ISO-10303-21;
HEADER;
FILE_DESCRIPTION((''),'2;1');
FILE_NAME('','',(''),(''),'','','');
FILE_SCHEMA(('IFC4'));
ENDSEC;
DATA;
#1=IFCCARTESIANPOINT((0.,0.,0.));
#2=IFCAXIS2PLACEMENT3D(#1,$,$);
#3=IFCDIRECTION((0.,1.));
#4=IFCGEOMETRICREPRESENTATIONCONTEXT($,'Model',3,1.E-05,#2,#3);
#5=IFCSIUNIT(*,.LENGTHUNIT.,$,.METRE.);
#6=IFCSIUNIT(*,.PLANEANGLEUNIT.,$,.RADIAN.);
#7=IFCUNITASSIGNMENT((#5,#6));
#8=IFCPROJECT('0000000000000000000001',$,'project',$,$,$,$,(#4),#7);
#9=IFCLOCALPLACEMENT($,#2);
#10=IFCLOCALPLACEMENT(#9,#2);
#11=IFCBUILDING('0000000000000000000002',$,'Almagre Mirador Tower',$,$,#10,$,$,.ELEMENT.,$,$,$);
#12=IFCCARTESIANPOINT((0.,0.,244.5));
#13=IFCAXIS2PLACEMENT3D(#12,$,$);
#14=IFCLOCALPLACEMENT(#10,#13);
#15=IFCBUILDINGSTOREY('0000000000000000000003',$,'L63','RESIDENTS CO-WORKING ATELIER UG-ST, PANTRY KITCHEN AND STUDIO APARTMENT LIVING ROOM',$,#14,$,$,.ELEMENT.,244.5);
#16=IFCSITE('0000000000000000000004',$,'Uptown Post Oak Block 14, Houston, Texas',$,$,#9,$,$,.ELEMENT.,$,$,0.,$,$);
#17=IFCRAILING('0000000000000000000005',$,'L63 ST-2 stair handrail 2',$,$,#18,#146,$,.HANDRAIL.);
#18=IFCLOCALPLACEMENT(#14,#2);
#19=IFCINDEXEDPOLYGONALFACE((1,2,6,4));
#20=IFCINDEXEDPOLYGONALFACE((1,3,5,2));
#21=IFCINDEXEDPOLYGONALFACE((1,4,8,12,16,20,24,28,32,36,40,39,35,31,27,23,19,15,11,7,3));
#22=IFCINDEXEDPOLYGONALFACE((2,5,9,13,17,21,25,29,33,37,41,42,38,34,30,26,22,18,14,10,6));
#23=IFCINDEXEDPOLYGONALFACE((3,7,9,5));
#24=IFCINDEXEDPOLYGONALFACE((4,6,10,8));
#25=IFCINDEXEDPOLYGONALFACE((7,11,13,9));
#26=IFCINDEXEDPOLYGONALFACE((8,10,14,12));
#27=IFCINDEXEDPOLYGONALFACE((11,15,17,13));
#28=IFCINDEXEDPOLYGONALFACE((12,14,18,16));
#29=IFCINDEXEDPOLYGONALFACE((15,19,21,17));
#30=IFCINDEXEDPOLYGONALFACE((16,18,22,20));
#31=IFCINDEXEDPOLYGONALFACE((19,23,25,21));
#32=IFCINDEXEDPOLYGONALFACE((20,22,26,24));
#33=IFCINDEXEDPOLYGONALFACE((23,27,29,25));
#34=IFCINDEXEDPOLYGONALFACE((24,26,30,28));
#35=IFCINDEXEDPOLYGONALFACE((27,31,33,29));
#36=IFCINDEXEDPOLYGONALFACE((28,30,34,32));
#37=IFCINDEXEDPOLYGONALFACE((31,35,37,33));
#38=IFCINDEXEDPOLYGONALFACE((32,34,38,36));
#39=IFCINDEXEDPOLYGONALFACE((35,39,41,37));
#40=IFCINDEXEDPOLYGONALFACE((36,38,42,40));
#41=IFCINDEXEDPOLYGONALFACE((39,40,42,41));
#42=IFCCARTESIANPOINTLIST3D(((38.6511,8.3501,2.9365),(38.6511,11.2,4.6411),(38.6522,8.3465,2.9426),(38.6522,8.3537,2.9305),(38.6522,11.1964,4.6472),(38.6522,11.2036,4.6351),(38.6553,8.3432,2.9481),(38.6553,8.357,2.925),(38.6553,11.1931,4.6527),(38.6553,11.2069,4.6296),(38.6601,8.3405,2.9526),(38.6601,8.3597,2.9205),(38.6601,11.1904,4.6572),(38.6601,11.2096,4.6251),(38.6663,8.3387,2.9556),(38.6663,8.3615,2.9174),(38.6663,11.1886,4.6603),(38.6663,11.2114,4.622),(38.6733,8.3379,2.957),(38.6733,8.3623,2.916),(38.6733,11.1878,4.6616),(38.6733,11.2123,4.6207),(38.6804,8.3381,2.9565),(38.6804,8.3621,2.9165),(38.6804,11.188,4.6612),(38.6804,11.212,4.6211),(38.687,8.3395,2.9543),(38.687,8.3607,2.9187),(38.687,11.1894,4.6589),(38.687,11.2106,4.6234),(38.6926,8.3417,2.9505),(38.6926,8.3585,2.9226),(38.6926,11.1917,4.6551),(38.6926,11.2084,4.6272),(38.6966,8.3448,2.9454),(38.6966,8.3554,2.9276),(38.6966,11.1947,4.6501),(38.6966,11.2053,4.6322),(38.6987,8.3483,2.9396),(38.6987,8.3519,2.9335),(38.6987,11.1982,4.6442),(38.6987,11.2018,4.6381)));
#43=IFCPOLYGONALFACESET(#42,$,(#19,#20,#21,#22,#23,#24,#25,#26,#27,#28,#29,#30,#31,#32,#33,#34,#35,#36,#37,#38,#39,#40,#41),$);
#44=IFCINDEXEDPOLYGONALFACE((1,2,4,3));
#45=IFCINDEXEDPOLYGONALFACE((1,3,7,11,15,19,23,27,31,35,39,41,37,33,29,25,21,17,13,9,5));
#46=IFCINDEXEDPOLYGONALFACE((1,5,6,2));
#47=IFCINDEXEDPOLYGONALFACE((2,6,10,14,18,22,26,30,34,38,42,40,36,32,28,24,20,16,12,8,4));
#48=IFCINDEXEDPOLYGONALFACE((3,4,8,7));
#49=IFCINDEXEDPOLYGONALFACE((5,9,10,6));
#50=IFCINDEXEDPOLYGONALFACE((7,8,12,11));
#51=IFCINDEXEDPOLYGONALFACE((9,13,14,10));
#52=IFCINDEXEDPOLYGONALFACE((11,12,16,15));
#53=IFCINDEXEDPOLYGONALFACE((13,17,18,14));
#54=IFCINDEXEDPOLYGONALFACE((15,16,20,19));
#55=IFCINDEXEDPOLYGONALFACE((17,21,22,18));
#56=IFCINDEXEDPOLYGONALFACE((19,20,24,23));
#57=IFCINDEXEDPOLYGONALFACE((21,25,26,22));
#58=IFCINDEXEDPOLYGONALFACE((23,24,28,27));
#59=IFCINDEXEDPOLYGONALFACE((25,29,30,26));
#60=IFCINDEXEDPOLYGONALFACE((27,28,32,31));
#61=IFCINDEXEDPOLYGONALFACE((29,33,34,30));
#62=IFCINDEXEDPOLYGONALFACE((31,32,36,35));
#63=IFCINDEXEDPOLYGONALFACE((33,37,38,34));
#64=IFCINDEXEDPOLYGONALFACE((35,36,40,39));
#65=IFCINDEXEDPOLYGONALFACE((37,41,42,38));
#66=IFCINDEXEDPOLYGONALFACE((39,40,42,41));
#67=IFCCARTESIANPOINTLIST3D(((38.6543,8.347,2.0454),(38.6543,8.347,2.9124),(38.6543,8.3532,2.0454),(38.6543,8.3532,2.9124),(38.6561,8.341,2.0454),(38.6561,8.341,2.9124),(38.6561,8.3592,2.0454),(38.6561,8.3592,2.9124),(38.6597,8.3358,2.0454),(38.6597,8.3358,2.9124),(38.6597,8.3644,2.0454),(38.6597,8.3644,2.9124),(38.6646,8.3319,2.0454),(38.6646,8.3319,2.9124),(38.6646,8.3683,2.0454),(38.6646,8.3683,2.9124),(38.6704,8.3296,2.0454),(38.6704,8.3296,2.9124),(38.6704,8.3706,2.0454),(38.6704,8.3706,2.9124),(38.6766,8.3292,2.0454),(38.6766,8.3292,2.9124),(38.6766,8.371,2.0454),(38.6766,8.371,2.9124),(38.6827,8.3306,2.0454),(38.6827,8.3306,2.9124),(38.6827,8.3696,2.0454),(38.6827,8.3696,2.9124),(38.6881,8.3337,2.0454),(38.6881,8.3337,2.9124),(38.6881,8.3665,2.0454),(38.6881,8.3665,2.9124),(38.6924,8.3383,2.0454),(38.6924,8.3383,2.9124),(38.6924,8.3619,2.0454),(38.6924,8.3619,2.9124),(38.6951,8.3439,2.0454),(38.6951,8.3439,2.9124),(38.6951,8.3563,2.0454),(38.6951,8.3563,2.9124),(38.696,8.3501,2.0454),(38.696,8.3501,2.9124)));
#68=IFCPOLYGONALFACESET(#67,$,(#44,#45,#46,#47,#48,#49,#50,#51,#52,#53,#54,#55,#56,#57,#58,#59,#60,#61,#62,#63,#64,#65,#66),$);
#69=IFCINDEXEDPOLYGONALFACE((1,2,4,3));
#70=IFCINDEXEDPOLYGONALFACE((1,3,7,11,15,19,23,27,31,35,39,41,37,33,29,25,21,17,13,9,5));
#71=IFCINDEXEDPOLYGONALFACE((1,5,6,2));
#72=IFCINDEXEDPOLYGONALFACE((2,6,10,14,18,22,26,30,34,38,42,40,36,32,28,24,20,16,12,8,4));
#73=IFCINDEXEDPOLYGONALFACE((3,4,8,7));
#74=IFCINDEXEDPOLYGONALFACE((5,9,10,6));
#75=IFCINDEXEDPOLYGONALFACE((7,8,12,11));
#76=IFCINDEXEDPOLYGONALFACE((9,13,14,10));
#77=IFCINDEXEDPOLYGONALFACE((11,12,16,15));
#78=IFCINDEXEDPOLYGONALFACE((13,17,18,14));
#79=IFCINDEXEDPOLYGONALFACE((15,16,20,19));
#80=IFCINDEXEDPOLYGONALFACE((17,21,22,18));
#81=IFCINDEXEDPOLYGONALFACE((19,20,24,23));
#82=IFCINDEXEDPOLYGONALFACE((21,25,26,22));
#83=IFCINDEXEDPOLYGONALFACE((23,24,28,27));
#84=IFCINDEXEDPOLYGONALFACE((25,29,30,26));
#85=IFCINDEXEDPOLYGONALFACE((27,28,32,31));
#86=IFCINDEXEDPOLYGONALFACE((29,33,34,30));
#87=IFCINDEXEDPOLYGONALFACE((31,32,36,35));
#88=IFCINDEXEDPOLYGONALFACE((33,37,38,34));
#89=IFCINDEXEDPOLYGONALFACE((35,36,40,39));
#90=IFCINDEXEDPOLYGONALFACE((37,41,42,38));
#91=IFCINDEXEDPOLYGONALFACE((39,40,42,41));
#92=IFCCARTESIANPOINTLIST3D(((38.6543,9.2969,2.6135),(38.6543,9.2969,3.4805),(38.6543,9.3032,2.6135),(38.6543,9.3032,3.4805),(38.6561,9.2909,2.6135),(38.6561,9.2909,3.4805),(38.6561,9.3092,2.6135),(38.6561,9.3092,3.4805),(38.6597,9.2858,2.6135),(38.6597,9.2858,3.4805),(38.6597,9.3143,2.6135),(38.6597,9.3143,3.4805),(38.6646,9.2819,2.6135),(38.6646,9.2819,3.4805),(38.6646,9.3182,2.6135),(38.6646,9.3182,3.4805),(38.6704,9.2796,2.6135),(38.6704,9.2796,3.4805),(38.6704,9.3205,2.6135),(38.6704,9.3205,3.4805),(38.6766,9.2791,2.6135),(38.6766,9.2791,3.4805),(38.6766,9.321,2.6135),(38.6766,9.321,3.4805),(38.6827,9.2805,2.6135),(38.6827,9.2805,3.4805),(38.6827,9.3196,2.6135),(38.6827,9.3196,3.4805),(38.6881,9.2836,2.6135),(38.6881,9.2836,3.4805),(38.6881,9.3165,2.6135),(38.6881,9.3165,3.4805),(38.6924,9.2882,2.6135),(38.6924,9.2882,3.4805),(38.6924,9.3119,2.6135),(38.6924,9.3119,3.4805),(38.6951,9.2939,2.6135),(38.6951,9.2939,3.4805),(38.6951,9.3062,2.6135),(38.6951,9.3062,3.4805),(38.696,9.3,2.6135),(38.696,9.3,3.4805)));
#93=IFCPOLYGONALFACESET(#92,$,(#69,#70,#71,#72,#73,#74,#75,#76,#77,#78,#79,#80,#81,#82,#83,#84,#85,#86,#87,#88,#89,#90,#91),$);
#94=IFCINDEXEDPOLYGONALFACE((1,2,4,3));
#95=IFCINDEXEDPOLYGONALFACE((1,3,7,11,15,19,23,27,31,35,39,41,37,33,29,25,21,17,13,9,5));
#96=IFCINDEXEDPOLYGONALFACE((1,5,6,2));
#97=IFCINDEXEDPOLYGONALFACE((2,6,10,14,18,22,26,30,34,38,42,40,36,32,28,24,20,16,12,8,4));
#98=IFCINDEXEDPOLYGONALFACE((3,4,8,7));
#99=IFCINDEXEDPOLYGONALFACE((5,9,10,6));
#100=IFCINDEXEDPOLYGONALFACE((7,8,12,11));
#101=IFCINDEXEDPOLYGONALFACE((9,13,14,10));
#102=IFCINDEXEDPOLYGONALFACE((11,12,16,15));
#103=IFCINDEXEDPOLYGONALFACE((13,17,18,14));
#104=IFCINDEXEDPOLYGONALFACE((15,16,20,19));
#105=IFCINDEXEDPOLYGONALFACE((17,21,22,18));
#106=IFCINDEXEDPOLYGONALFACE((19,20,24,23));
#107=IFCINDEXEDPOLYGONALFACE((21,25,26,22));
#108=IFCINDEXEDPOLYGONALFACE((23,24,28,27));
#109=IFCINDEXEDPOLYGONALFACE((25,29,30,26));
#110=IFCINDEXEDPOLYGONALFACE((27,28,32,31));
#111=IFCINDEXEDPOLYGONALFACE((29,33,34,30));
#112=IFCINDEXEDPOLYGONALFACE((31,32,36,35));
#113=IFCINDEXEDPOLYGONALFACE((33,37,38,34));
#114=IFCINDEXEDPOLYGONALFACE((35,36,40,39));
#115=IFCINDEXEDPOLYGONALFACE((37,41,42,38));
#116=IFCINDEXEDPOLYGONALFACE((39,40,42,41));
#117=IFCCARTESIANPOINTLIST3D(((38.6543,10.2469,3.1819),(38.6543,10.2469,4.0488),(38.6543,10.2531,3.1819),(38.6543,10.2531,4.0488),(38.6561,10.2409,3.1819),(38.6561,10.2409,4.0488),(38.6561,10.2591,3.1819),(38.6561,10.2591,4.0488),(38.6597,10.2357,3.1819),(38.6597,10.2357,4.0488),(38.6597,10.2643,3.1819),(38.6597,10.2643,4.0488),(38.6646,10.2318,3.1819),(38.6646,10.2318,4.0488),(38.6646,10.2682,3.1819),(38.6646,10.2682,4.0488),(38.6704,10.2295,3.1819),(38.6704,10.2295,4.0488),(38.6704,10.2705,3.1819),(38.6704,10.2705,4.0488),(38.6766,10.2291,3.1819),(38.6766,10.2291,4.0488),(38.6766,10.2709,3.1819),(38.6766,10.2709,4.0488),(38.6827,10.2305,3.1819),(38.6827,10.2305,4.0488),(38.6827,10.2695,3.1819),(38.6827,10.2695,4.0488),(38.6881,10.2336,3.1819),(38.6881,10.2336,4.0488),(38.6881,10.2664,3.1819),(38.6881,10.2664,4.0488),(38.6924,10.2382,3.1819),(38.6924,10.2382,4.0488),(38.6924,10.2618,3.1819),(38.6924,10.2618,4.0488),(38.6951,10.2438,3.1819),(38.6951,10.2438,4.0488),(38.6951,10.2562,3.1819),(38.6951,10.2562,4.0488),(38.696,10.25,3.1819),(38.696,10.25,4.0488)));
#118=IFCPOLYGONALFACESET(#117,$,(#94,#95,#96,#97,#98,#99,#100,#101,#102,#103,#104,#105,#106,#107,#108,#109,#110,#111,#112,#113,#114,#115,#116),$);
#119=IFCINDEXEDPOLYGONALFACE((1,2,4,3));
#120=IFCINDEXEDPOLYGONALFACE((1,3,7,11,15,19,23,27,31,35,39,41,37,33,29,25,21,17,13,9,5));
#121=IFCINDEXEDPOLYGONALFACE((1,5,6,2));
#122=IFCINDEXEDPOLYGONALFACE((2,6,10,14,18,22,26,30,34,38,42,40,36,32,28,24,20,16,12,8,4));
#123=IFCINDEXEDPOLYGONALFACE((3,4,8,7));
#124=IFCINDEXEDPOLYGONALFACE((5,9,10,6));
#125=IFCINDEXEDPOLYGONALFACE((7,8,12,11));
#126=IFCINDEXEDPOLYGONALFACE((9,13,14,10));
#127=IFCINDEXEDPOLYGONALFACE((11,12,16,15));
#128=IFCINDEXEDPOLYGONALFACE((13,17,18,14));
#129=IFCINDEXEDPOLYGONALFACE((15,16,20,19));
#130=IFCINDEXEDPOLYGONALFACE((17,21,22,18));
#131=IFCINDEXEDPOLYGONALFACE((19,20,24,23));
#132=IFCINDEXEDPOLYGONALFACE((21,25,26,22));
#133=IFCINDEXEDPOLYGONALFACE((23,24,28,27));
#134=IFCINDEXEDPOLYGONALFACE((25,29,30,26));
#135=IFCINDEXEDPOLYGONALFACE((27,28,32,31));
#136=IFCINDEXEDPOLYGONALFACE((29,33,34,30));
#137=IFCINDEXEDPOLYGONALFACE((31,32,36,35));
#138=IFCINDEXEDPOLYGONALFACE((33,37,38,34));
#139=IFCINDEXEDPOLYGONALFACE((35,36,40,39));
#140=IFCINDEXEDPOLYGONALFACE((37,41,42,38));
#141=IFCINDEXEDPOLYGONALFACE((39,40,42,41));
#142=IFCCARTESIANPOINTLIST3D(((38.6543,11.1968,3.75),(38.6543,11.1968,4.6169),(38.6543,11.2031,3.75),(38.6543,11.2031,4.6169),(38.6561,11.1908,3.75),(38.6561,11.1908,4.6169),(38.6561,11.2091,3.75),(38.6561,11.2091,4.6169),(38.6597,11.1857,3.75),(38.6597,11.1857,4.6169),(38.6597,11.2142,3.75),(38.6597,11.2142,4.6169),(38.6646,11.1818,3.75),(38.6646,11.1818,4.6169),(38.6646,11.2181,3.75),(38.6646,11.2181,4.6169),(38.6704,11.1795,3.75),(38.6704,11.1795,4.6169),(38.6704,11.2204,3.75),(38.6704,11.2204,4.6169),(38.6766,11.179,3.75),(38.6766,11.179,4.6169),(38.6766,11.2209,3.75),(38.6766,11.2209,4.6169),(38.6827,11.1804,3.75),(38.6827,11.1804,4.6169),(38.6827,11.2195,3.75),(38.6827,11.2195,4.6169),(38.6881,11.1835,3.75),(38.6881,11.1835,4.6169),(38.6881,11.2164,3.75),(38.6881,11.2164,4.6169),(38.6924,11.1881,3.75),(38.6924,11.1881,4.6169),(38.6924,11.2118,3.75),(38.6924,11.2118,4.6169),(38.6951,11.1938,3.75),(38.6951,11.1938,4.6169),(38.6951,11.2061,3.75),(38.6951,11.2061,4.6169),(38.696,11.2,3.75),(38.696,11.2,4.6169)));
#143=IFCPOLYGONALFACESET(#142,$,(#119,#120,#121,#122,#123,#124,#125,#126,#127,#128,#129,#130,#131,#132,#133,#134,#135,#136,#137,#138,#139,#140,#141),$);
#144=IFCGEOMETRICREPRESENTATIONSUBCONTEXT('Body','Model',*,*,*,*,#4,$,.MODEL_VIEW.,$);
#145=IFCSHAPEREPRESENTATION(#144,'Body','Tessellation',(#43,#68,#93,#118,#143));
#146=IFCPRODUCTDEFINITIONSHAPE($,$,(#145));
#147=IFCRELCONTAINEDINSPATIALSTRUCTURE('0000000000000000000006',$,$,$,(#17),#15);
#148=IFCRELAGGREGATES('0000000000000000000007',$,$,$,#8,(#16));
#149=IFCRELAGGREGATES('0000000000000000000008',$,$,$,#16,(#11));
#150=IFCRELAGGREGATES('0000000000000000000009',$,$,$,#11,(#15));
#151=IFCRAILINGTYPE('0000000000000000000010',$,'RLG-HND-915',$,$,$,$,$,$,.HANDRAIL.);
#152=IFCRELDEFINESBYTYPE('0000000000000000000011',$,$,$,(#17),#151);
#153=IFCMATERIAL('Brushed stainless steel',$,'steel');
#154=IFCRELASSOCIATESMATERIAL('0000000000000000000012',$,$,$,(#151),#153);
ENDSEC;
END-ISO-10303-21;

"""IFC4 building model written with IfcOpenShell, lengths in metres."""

from ifc_helpers import new_model, si_unit, direction, frame, origin, origin_2d, place, context, subcontext, project, spatial, circle, extrude, material, type_object, element, save


model = new_model("IFC4")

# Units and contexts
model_context = context("Model", 3, precision=1e-05, world=origin(), true_north=direction((0.0, 1.0)))
body_context = subcontext(model_context, "Body", "Model", "MODEL_VIEW")
ifc_project = project(units=[si_unit("LENGTHUNIT", "METRE"), si_unit("PLANEANGLEUNIT", "RADIAN")], contexts=[model_context])

# Site, building, storey
site_placement = place(None, origin())
site = spatial("IfcSite", under=ifc_project, at=site_placement, Name="Uptown Post Oak Block 14, Houston, Texas", CompositionType="ELEMENT", RefElevation=0.0)
building_placement = place(site_placement, origin())
building = spatial("IfcBuilding", under=site, at=building_placement, Name="Almagre Mirador Tower", CompositionType="ELEMENT")
storey_placement = place(building_placement, frame((0.0, 0.0, 244.5)))
storey = spatial("IfcBuildingStorey", under=building, at=storey_placement, Name="L63", Description="RESIDENTS CO-WORKING ATELIER UG-ST, PANTRY KITCHEN AND STUDIO APARTMENT LIVING ROOM", CompositionType="ELEMENT", Elevation=244.5)

# Railing
ifc_material_1 = material(Name="Brushed stainless steel", Category="steel")
railing_type_1 = type_object("IfcRailingType", Name="RLG-HND-915", PredefinedType="HANDRAIL", material=ifc_material_1)
railing_1_placement = place(storey_placement, frame((38.675, 8.3501, 2.0454)))
element("IfcRailing", 1, at=railing_1_placement, inside=storey, type_object=railing_type_1, Name="L63 ST-2 stair handrail 2", PredefinedType="HANDRAIL", context=body_context, shape_type="SweptSolid", body=[
    extrude(circle(Radius=0.0239, at=origin_2d()), frame((0.0, 0.0, 0.8911), z_axis=(0.0, 0.858199, 0.513317), x_axis=(-1.0, 0.0, 0.0)), (0.0, 0.0, 1.0), 3.3208),
    extrude(circle(Radius=0.021, at=origin_2d()), origin(), (0.0, 0.0, 1.0), 0.8669),
    extrude(circle(Radius=0.021, at=origin_2d()), frame((0.0, 0.95, 0.5681)), (0.0, 0.0, 1.0), 0.8669),
    extrude(circle(Radius=0.021, at=origin_2d()), frame((0.0, 1.8999, 1.1365)), (0.0, 0.0, 1.0), 0.8669),
    extrude(circle(Radius=0.021, at=origin_2d()), frame((0.0, 2.8499, 1.7046)), (0.0, 0.0, 1.0), 0.8669),
])

save(model, "model.ifc")
